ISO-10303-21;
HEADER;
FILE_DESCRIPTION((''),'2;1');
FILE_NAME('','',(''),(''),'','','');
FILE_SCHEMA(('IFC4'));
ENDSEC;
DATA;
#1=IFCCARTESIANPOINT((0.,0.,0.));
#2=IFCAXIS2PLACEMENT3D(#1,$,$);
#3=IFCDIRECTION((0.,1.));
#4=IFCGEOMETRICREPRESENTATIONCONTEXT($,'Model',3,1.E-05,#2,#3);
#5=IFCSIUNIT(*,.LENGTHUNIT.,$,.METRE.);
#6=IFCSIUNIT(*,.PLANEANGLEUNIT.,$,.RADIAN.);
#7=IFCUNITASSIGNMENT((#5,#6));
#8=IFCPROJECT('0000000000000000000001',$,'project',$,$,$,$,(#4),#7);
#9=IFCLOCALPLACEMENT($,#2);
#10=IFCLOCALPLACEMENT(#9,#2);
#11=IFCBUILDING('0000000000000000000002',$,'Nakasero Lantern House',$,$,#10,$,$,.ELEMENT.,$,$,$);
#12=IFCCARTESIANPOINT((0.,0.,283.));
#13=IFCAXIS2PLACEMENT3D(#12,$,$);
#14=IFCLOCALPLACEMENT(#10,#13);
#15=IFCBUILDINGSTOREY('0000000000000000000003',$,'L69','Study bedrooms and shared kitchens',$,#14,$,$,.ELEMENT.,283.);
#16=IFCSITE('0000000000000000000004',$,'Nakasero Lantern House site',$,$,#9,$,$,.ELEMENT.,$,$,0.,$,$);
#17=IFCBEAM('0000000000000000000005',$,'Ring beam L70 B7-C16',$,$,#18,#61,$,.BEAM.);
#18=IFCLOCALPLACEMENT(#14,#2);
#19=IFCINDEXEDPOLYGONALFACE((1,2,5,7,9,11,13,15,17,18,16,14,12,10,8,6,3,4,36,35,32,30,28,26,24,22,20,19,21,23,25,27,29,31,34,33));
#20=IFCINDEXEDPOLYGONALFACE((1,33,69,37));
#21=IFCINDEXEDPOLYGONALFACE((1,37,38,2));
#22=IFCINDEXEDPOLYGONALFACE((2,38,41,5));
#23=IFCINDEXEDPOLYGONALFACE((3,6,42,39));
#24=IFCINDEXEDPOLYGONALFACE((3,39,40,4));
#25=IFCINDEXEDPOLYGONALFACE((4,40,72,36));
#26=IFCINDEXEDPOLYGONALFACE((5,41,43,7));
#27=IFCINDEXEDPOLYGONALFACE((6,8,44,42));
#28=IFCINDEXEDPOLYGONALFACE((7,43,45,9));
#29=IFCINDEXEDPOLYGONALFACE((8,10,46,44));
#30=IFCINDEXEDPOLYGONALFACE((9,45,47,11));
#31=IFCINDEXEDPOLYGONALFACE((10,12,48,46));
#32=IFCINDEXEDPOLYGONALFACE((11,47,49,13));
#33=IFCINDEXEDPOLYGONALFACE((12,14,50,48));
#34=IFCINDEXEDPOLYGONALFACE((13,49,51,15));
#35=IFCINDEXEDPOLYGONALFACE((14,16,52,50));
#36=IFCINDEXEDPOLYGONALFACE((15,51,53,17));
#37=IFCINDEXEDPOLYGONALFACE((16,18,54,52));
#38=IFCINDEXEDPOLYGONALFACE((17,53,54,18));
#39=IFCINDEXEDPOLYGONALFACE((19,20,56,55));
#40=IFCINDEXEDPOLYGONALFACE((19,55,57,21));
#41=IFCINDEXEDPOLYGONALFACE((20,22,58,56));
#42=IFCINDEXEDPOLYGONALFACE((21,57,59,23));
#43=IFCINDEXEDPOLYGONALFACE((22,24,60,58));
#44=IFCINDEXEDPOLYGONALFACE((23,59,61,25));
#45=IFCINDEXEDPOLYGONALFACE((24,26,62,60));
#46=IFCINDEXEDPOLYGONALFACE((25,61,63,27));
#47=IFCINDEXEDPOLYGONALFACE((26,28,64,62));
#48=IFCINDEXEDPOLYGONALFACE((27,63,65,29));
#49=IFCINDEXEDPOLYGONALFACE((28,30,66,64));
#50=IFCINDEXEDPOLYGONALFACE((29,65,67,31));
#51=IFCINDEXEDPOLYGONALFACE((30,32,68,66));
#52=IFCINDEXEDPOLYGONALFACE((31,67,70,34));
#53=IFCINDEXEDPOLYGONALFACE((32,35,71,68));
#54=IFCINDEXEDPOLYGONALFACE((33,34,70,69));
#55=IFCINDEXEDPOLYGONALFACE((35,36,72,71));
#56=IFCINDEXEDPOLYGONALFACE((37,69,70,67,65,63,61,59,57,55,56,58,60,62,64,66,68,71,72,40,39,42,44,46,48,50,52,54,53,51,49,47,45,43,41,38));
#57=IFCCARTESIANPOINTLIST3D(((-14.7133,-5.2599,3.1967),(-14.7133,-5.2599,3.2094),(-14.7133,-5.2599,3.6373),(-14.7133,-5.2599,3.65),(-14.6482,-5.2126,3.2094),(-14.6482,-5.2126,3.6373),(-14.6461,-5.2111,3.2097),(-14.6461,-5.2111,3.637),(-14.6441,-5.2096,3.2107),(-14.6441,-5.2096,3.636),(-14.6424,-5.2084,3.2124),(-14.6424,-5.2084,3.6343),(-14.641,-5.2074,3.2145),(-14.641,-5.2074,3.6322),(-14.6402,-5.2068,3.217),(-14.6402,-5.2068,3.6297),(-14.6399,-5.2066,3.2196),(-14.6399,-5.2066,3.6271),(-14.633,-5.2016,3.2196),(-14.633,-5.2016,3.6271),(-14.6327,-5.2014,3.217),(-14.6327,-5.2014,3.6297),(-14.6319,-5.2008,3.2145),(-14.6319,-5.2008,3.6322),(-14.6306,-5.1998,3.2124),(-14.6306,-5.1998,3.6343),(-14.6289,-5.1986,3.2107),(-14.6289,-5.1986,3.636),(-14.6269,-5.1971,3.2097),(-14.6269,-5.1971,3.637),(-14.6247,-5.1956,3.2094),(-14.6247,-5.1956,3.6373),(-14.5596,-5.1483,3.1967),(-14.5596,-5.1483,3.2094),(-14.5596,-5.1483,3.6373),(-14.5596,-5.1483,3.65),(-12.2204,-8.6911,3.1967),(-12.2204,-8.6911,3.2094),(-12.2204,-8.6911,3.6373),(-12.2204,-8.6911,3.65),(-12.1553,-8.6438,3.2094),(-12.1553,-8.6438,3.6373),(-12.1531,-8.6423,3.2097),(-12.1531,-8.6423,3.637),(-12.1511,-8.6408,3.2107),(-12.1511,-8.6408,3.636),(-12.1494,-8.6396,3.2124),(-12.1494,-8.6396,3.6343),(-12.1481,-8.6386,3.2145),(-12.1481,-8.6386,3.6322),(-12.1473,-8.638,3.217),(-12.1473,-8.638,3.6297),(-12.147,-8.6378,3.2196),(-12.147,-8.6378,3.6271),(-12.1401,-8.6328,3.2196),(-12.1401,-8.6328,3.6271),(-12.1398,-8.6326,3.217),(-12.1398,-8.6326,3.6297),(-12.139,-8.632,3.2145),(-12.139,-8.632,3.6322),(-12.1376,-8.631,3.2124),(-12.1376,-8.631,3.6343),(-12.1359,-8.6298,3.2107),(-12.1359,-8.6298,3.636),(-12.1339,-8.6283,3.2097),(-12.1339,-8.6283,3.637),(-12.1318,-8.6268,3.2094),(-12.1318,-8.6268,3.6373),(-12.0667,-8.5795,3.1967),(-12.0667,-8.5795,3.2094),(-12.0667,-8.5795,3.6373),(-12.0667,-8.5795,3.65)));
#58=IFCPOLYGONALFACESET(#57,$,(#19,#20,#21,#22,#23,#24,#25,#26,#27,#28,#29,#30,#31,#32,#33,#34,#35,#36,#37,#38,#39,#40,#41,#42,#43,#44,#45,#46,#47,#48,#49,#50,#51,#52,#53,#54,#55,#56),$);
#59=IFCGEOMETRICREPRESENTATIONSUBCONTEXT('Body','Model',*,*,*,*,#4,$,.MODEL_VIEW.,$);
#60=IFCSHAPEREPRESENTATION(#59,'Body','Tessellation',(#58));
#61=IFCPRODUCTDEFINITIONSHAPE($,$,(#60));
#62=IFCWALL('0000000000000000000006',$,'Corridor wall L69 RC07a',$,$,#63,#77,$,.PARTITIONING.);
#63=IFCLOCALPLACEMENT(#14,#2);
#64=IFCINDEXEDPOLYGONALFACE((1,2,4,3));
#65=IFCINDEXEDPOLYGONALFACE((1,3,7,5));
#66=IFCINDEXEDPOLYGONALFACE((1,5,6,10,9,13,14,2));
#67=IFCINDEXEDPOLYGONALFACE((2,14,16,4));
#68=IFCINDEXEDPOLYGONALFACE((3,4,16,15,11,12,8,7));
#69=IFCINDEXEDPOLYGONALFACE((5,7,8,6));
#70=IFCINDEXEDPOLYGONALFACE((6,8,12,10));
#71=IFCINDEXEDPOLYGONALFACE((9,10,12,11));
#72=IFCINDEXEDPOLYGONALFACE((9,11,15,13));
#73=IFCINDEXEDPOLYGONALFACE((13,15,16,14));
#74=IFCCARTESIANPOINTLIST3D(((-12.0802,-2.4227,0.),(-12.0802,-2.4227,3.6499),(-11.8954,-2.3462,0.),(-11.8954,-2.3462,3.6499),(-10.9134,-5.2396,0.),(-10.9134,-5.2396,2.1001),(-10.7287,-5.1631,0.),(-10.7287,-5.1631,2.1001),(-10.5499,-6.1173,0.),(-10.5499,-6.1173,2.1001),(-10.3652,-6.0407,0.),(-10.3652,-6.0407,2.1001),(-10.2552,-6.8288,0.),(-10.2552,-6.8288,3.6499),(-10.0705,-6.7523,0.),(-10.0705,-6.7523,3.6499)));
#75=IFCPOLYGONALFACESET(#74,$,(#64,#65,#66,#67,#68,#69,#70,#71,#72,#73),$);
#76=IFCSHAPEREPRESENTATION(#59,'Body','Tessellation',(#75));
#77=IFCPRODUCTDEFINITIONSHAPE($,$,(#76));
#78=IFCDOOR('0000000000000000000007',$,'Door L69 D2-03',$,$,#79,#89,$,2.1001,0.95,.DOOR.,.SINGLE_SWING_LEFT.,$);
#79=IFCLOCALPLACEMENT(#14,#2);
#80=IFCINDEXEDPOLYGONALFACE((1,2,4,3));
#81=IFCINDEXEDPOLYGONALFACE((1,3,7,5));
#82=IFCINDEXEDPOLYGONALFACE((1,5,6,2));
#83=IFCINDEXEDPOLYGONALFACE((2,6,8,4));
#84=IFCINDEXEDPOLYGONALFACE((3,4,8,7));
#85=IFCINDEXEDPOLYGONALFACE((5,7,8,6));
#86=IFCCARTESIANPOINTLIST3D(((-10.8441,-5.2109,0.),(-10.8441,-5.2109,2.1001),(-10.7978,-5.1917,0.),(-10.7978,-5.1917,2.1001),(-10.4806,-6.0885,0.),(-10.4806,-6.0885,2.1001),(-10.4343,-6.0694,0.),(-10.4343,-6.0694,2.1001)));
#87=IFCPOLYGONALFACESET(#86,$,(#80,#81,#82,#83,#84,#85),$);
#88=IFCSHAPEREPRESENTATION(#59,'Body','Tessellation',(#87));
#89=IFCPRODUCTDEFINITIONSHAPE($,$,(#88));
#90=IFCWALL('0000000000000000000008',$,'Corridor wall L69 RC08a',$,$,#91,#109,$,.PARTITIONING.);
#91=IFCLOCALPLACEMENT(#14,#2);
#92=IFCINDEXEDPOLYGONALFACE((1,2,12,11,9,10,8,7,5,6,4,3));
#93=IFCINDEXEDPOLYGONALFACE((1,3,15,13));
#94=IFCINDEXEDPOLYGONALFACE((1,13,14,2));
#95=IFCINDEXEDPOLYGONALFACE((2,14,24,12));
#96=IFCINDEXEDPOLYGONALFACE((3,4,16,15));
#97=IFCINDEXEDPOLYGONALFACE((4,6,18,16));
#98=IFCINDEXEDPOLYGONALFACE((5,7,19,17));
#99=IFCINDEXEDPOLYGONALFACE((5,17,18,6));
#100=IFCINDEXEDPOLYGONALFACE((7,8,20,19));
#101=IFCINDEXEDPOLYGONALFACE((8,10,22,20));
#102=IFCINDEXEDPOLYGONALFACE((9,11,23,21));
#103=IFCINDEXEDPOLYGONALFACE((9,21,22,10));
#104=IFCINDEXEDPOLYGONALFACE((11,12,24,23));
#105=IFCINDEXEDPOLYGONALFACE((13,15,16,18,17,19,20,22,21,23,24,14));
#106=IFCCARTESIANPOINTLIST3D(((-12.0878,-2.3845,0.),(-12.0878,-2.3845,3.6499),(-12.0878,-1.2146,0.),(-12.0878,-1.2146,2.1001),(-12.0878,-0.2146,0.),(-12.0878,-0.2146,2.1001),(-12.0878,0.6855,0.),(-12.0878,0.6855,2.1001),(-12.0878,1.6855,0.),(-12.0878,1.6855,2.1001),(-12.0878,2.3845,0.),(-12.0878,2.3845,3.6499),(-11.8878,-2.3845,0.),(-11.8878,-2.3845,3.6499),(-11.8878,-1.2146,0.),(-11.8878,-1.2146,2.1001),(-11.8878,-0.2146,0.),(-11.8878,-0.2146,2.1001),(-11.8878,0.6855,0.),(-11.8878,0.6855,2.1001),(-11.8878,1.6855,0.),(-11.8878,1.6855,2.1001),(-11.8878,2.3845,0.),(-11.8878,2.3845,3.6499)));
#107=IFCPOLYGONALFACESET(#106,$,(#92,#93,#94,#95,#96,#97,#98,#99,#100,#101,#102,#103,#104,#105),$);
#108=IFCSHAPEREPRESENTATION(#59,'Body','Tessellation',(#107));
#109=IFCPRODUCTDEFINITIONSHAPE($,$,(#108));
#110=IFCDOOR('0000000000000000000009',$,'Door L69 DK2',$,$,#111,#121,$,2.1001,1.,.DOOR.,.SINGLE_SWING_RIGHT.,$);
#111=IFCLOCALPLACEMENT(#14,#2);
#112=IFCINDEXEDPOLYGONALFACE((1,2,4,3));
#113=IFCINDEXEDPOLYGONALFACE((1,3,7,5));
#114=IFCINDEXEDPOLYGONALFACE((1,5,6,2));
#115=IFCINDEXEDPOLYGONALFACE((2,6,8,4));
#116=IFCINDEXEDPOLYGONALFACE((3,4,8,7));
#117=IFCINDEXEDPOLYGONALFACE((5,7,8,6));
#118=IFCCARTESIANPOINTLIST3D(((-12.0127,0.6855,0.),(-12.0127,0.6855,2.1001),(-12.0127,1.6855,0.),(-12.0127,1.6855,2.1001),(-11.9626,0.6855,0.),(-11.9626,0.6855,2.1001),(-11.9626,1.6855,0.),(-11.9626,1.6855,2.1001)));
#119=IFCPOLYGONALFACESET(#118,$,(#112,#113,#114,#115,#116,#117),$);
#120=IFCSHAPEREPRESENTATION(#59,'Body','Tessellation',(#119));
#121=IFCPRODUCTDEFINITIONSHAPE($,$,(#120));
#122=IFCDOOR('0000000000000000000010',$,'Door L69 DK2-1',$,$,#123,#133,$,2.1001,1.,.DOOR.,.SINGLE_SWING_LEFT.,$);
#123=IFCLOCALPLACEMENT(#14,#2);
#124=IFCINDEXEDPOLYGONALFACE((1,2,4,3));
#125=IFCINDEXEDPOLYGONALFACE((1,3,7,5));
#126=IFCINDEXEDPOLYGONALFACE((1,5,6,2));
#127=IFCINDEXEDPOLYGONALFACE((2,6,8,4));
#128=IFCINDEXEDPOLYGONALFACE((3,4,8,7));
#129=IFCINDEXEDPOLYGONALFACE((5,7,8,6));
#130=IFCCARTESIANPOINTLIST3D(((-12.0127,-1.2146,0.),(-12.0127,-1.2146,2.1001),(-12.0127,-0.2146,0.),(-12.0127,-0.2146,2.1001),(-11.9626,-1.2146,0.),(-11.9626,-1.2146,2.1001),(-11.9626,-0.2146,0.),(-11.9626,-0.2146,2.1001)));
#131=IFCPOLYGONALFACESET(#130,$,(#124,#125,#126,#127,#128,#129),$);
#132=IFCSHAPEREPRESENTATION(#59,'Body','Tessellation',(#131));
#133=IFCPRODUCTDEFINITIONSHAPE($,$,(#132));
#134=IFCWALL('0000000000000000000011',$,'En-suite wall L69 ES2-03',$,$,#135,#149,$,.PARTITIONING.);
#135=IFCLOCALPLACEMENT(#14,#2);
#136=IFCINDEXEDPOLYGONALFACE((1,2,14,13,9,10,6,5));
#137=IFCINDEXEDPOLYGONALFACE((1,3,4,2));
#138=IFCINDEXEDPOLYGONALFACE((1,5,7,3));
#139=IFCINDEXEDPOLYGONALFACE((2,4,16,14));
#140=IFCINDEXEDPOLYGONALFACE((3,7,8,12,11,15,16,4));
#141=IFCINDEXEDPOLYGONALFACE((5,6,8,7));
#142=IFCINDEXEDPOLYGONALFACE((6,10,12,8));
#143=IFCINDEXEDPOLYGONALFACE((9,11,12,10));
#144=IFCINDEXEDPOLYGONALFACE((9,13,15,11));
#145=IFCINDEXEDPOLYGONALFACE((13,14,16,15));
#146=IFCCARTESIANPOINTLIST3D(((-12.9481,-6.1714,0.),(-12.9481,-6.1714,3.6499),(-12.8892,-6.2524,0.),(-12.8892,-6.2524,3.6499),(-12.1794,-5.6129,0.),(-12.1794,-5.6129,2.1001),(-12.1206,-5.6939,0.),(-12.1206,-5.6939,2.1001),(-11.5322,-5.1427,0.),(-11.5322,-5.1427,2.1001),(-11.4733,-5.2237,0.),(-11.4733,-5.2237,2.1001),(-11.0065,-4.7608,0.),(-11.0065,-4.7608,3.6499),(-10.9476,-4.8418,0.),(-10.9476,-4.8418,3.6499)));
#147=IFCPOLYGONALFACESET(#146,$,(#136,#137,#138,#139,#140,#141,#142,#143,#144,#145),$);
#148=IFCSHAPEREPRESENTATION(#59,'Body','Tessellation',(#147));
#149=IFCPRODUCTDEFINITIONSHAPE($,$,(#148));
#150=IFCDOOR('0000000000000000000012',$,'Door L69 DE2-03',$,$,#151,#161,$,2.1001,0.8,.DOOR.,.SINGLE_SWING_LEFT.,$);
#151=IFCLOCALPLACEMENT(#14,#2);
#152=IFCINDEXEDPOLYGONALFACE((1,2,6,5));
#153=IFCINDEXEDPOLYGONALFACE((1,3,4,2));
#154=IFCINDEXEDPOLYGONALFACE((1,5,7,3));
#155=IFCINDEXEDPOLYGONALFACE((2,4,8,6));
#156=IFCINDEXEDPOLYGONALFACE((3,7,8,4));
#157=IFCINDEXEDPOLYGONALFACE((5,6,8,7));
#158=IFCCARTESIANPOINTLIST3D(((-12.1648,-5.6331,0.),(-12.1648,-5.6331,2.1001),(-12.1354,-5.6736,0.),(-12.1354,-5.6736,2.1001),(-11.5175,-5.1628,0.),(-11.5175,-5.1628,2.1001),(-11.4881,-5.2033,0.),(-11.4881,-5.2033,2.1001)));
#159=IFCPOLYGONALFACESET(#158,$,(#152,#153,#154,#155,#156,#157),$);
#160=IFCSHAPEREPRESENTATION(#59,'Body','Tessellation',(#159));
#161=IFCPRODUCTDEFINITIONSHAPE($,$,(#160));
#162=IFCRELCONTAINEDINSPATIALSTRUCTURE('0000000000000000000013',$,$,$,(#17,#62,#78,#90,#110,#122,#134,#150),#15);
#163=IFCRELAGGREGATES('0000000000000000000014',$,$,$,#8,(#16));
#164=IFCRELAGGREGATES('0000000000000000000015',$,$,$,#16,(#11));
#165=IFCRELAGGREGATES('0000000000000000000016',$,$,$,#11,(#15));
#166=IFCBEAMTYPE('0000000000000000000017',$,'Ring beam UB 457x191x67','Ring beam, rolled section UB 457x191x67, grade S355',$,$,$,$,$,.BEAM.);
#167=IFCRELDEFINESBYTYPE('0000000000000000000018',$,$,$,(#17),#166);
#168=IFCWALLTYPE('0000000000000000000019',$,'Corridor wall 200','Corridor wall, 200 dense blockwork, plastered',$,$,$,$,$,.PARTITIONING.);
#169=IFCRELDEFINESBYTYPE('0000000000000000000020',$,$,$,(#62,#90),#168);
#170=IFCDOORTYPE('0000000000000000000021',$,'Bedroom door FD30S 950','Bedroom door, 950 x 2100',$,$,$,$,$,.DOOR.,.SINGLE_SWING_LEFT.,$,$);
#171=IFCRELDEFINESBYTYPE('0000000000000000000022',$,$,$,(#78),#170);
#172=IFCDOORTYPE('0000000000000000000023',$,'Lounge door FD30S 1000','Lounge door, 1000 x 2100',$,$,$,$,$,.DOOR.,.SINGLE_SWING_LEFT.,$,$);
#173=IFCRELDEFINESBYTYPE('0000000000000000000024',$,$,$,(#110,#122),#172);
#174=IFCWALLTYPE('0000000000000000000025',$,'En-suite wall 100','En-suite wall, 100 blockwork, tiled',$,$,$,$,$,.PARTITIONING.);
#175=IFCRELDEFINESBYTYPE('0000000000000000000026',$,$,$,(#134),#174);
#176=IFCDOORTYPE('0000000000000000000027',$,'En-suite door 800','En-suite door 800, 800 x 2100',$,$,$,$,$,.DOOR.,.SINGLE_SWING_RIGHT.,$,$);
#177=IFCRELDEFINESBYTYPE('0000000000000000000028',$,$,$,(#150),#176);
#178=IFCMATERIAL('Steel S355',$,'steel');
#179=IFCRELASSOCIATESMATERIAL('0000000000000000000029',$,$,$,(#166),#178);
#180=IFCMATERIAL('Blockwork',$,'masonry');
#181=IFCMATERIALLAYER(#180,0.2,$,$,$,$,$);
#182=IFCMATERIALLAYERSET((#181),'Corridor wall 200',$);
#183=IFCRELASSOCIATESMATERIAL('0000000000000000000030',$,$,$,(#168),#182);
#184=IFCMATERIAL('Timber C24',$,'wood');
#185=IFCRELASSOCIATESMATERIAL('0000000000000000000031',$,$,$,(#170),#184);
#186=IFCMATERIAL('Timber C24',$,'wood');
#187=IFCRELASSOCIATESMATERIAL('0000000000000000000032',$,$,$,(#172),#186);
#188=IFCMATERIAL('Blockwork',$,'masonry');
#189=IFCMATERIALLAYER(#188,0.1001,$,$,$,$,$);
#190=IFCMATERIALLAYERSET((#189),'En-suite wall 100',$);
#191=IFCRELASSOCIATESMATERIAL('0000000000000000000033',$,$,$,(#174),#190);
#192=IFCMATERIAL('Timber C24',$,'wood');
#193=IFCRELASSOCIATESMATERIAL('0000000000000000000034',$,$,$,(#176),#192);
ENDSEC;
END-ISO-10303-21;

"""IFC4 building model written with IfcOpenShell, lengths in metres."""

from ifc_helpers import new_model, si_unit, direction, frame, frame_2d, origin, origin_2d, place, context, subcontext, project, spatial, rectangle, i_section, extrude, material, layer, layer_set, material_profile, profile_set, type_object, element, fill, save


model = new_model("IFC4")

# Units and contexts
model_context = context("Model", 3, precision=1e-05, world=origin(), true_north=direction((0.0, 1.0)))
body_context = subcontext(model_context, "Body", "Model", "MODEL_VIEW")
ifc_project = project(units=[si_unit("LENGTHUNIT", "METRE"), si_unit("PLANEANGLEUNIT", "RADIAN")], contexts=[model_context])

# Site, building, storey
site_placement = place(None, origin())
site = spatial("IfcSite", under=ifc_project, at=site_placement, Name="Nakasero Lantern House site", CompositionType="ELEMENT", RefElevation=0.0)
building_placement = place(site_placement, origin())
building = spatial("IfcBuilding", under=site, at=building_placement, Name="Nakasero Lantern House", CompositionType="ELEMENT")
storey_placement = place(building_placement, frame((0.0, 0.0, 283.0)))
storey = spatial("IfcBuildingStorey", under=building, at=storey_placement, Name="L69", Description="Study bedrooms and shared kitchens", CompositionType="ELEMENT", Elevation=283.0)

# Beam
ifc_material_1 = material(Name="Steel S355", Category="steel")
ifc_material_profile_1 = material_profile(ifc_material_1, i_section(OverallWidth=0.1899, OverallDepth=0.4534, WebThickness=0.0085, FlangeThickness=0.0127, FilletRadius=0.0103, at=origin_2d()), Name="UB 457x191x67")
ifc_profile_set_1 = profile_set([ifc_material_profile_1], Name="Steel S355")
beam_type_1 = type_object("IfcBeamType", Name="Ring beam UB 457x191x67", Description="Ring beam, rolled section UB 457x191x67, grade S355", PredefinedType="BEAM", material=ifc_profile_set_1)
beam_1_placement = place(storey_placement, frame((-14.6365, -5.2041, 3.4233), z_axis=(0.587792, -0.809012, 0.0), x_axis=(0.809012, 0.587792, 0.0)))
element("IfcBeam", 1, at=beam_1_placement, inside=storey, type_object=beam_type_1, Name="Ring beam L70 B7-C16", PredefinedType="BEAM", context=body_context, shape_type="SweptSolid", body=[
    extrude(i_section(OverallWidth=0.1899, OverallDepth=0.4534, WebThickness=0.0085, FlangeThickness=0.0127, FilletRadius=0.0103, at=origin_2d()), origin(), (0.0, 0.0, 1.0), 4.2412),
])

# Wall, opening, door
ifc_material_2 = material(Name="Blockwork", Category="masonry")
ifc_layer_1 = layer(ifc_material_2, 0.2)
ifc_layer_set_1 = layer_set([ifc_layer_1], Name="Corridor wall 200")
wall_type_1 = type_object("IfcWallType", Name="Corridor wall 200", Description="Corridor wall, 200 dense blockwork, plastered", PredefinedType="PARTITIONING", material=ifc_layer_set_1)
wall_1_placement = place(storey_placement, frame((-10.1628, -6.7905, 0.0), z_axis=(0.0, 0.0, 1.0), x_axis=(-0.38267, 0.923885, 0.0)))
wall_1 = element("IfcWall", 2, at=wall_1_placement, inside=storey, type_object=wall_type_1, Name="Corridor wall L69 RC07a", PredefinedType="PARTITIONING", context=body_context, shape_type="SweptSolid", body=[
    extrude(rectangle(XDim=4.769, YDim=0.2, at=frame_2d((2.3845, 0.0))), origin(), (0.0, 0.0, 1.0), 3.6499),
])
opening_1_placement = place(wall_1_placement, frame((0.77, 0.0, 0.0)))
opening_1 = element("IfcOpeningElement", 3, at=opening_1_placement, cuts=wall_1, PredefinedType="OPENING", context=body_context, shape_type="SweptSolid", body=[
    extrude(rectangle(XDim=0.95, YDim=2.1001, at=frame_2d((0.4751, 1.05))), frame((0.0, 0.1199, 0.0), z_axis=(0.0, -1.0, 0.0), x_axis=(1.0, 0.0, 0.0)), (0.0, 0.0, 1.0), 0.24),
])
ifc_material_3 = material(Name="Timber C24", Category="wood")
door_type_1 = type_object("IfcDoorType", Name="Bedroom door FD30S 950", Description="Bedroom door, 950 x 2100", OperationType="SINGLE_SWING_LEFT", PredefinedType="DOOR", material=ifc_material_3)
door_1_placement = place(opening_1_placement, origin())
door_1 = element("IfcDoor", 4, at=door_1_placement, inside=storey, type_object=door_type_1, Name="Door L69 D2-03", OperationType="SINGLE_SWING_LEFT", OverallHeight=2.1001, OverallWidth=0.95, PredefinedType="DOOR", context=body_context, shape_type="SweptSolid", body=[
    extrude(rectangle(XDim=0.95, YDim=2.1001, at=frame_2d((0.4751, 1.05))), frame((0.0, 0.0249, 0.0), z_axis=(0.0, -1.0, 0.0), x_axis=(1.0, 0.0, 0.0)), (0.0, 0.0, 1.0), 0.05),
])
fill(opening_1, door_1)

# Wall, openings, doors
wall_2_placement = place(storey_placement, frame((-11.9878, -2.3845, 0.0), z_axis=(0.0, 0.0, 1.0), x_axis=(0.0, 1.0, 0.0)))
wall_2 = element("IfcWall", 5, at=wall_2_placement, inside=storey, type_object=wall_type_1, Name="Corridor wall L69 RC08a", PredefinedType="PARTITIONING", context=body_context, shape_type="SweptSolid", body=[
    extrude(rectangle(XDim=4.769, YDim=0.2, at=frame_2d((2.3845, 0.0))), origin(), (0.0, 0.0, 1.0), 3.6499),
])
opening_2_placement = place(wall_2_placement, frame((3.0701, 0.0, 0.0)))
opening_2 = element("IfcOpeningElement", 6, at=opening_2_placement, cuts=wall_2, PredefinedType="OPENING", context=body_context, shape_type="SweptSolid", body=[
    extrude(rectangle(XDim=1.0, YDim=2.1001, at=frame_2d((0.5, 1.05))), frame((0.0, 0.1199, 0.0), z_axis=(0.0, -1.0, 0.0), x_axis=(1.0, 0.0, 0.0)), (0.0, 0.0, 1.0), 0.24),
])
opening_3_placement = place(wall_2_placement, frame((1.1699, 0.0, 0.0)))
opening_3 = element("IfcOpeningElement", 7, at=opening_3_placement, cuts=wall_2, PredefinedType="OPENING", context=body_context, shape_type="SweptSolid", body=[
    extrude(rectangle(XDim=1.0, YDim=2.1001, at=frame_2d((0.5, 1.05))), frame((0.0, 0.1199, 0.0), z_axis=(0.0, -1.0, 0.0), x_axis=(1.0, 0.0, 0.0)), (0.0, 0.0, 1.0), 0.24),
])
ifc_material_4 = material(Name="Timber C24", Category="wood")
door_type_2 = type_object("IfcDoorType", Name="Lounge door FD30S 1000", Description="Lounge door, 1000 x 2100", OperationType="SINGLE_SWING_LEFT", PredefinedType="DOOR", material=ifc_material_4)
door_2_placement = place(opening_2_placement, origin())
door_2 = element("IfcDoor", 8, at=door_2_placement, inside=storey, type_object=door_type_2, Name="Door L69 DK2", OperationType="SINGLE_SWING_RIGHT", OverallHeight=2.1001, OverallWidth=1.0, PredefinedType="DOOR", context=body_context, shape_type="SweptSolid", body=[
    extrude(rectangle(XDim=1.0, YDim=2.1001, at=frame_2d((0.5, 1.05))), frame((0.0, 0.0249, 0.0), z_axis=(0.0, -1.0, 0.0), x_axis=(1.0, 0.0, 0.0)), (0.0, 0.0, 1.0), 0.05),
])
fill(opening_2, door_2)
door_3_placement = place(opening_3_placement, origin())
door_3 = element("IfcDoor", 9, at=door_3_placement, inside=storey, type_object=door_type_2, Name="Door L69 DK2-1", OperationType="SINGLE_SWING_LEFT", OverallHeight=2.1001, OverallWidth=1.0, PredefinedType="DOOR", context=body_context, shape_type="SweptSolid", body=[
    extrude(rectangle(XDim=1.0, YDim=2.1001, at=frame_2d((0.5, 1.05))), frame((0.0, 0.0249, 0.0), z_axis=(0.0, -1.0, 0.0), x_axis=(1.0, 0.0, 0.0)), (0.0, 0.0, 1.0), 0.05),
])
fill(opening_3, door_3)

# Wall, opening, door
ifc_material_5 = material(Name="Blockwork", Category="masonry")
ifc_layer_2 = layer(ifc_material_5, 0.1001)
ifc_layer_set_2 = layer_set([ifc_layer_2], Name="En-suite wall 100")
wall_type_2 = type_object("IfcWallType", Name="En-suite wall 100", Description="En-suite wall, 100 blockwork, tiled", PredefinedType="PARTITIONING", material=ifc_layer_set_2)
wall_3_placement = place(storey_placement, frame((-10.9771, -4.8013, 0.0), z_axis=(0.0, 0.0, 1.0), x_axis=(-0.809026, -0.587772, 0.0)))
wall_3 = element("IfcWall", 10, at=wall_3_placement, inside=storey, type_object=wall_type_2, Name="En-suite wall L69 ES2-03", PredefinedType="PARTITIONING", context=body_context, shape_type="SweptSolid", body=[
    extrude(rectangle(XDim=2.3999, YDim=0.1001, at=frame_2d((1.2, 0.0))), origin(), (0.0, 0.0, 1.0), 3.6499),
])
opening_4_placement = place(wall_3_placement, frame((0.6499, 0.0, 0.0)))
opening_4 = element("IfcOpeningElement", 11, at=opening_4_placement, cuts=wall_3, PredefinedType="OPENING", context=body_context, shape_type="SweptSolid", body=[
    extrude(rectangle(XDim=0.8, YDim=2.1001, at=frame_2d((0.3999, 1.05))), frame((0.0, 0.0701, 0.0), z_axis=(0.0, -1.0, 0.0), x_axis=(1.0, 0.0, 0.0)), (0.0, 0.0, 1.0), 0.1401),
])
ifc_material_6 = material(Name="Timber C24", Category="wood")
door_type_3 = type_object("IfcDoorType", Name="En-suite door 800", Description="En-suite door 800, 800 x 2100", OperationType="SINGLE_SWING_RIGHT", PredefinedType="DOOR", material=ifc_material_6)
door_4_placement = place(opening_4_placement, origin())
door_4 = element("IfcDoor", 12, at=door_4_placement, inside=storey, type_object=door_type_3, Name="Door L69 DE2-03", OperationType="SINGLE_SWING_LEFT", OverallHeight=2.1001, OverallWidth=0.8, PredefinedType="DOOR", context=body_context, shape_type="SweptSolid", body=[
    extrude(rectangle(XDim=0.8, YDim=2.1001, at=frame_2d((0.3999, 1.05))), frame((0.0, 0.0249, 0.0), z_axis=(0.0, -1.0, 0.0), x_axis=(1.0, 0.0, 0.0)), (0.0, 0.0, 1.0), 0.05),
])
fill(opening_4, door_4)

save(model, "model.ifc")
